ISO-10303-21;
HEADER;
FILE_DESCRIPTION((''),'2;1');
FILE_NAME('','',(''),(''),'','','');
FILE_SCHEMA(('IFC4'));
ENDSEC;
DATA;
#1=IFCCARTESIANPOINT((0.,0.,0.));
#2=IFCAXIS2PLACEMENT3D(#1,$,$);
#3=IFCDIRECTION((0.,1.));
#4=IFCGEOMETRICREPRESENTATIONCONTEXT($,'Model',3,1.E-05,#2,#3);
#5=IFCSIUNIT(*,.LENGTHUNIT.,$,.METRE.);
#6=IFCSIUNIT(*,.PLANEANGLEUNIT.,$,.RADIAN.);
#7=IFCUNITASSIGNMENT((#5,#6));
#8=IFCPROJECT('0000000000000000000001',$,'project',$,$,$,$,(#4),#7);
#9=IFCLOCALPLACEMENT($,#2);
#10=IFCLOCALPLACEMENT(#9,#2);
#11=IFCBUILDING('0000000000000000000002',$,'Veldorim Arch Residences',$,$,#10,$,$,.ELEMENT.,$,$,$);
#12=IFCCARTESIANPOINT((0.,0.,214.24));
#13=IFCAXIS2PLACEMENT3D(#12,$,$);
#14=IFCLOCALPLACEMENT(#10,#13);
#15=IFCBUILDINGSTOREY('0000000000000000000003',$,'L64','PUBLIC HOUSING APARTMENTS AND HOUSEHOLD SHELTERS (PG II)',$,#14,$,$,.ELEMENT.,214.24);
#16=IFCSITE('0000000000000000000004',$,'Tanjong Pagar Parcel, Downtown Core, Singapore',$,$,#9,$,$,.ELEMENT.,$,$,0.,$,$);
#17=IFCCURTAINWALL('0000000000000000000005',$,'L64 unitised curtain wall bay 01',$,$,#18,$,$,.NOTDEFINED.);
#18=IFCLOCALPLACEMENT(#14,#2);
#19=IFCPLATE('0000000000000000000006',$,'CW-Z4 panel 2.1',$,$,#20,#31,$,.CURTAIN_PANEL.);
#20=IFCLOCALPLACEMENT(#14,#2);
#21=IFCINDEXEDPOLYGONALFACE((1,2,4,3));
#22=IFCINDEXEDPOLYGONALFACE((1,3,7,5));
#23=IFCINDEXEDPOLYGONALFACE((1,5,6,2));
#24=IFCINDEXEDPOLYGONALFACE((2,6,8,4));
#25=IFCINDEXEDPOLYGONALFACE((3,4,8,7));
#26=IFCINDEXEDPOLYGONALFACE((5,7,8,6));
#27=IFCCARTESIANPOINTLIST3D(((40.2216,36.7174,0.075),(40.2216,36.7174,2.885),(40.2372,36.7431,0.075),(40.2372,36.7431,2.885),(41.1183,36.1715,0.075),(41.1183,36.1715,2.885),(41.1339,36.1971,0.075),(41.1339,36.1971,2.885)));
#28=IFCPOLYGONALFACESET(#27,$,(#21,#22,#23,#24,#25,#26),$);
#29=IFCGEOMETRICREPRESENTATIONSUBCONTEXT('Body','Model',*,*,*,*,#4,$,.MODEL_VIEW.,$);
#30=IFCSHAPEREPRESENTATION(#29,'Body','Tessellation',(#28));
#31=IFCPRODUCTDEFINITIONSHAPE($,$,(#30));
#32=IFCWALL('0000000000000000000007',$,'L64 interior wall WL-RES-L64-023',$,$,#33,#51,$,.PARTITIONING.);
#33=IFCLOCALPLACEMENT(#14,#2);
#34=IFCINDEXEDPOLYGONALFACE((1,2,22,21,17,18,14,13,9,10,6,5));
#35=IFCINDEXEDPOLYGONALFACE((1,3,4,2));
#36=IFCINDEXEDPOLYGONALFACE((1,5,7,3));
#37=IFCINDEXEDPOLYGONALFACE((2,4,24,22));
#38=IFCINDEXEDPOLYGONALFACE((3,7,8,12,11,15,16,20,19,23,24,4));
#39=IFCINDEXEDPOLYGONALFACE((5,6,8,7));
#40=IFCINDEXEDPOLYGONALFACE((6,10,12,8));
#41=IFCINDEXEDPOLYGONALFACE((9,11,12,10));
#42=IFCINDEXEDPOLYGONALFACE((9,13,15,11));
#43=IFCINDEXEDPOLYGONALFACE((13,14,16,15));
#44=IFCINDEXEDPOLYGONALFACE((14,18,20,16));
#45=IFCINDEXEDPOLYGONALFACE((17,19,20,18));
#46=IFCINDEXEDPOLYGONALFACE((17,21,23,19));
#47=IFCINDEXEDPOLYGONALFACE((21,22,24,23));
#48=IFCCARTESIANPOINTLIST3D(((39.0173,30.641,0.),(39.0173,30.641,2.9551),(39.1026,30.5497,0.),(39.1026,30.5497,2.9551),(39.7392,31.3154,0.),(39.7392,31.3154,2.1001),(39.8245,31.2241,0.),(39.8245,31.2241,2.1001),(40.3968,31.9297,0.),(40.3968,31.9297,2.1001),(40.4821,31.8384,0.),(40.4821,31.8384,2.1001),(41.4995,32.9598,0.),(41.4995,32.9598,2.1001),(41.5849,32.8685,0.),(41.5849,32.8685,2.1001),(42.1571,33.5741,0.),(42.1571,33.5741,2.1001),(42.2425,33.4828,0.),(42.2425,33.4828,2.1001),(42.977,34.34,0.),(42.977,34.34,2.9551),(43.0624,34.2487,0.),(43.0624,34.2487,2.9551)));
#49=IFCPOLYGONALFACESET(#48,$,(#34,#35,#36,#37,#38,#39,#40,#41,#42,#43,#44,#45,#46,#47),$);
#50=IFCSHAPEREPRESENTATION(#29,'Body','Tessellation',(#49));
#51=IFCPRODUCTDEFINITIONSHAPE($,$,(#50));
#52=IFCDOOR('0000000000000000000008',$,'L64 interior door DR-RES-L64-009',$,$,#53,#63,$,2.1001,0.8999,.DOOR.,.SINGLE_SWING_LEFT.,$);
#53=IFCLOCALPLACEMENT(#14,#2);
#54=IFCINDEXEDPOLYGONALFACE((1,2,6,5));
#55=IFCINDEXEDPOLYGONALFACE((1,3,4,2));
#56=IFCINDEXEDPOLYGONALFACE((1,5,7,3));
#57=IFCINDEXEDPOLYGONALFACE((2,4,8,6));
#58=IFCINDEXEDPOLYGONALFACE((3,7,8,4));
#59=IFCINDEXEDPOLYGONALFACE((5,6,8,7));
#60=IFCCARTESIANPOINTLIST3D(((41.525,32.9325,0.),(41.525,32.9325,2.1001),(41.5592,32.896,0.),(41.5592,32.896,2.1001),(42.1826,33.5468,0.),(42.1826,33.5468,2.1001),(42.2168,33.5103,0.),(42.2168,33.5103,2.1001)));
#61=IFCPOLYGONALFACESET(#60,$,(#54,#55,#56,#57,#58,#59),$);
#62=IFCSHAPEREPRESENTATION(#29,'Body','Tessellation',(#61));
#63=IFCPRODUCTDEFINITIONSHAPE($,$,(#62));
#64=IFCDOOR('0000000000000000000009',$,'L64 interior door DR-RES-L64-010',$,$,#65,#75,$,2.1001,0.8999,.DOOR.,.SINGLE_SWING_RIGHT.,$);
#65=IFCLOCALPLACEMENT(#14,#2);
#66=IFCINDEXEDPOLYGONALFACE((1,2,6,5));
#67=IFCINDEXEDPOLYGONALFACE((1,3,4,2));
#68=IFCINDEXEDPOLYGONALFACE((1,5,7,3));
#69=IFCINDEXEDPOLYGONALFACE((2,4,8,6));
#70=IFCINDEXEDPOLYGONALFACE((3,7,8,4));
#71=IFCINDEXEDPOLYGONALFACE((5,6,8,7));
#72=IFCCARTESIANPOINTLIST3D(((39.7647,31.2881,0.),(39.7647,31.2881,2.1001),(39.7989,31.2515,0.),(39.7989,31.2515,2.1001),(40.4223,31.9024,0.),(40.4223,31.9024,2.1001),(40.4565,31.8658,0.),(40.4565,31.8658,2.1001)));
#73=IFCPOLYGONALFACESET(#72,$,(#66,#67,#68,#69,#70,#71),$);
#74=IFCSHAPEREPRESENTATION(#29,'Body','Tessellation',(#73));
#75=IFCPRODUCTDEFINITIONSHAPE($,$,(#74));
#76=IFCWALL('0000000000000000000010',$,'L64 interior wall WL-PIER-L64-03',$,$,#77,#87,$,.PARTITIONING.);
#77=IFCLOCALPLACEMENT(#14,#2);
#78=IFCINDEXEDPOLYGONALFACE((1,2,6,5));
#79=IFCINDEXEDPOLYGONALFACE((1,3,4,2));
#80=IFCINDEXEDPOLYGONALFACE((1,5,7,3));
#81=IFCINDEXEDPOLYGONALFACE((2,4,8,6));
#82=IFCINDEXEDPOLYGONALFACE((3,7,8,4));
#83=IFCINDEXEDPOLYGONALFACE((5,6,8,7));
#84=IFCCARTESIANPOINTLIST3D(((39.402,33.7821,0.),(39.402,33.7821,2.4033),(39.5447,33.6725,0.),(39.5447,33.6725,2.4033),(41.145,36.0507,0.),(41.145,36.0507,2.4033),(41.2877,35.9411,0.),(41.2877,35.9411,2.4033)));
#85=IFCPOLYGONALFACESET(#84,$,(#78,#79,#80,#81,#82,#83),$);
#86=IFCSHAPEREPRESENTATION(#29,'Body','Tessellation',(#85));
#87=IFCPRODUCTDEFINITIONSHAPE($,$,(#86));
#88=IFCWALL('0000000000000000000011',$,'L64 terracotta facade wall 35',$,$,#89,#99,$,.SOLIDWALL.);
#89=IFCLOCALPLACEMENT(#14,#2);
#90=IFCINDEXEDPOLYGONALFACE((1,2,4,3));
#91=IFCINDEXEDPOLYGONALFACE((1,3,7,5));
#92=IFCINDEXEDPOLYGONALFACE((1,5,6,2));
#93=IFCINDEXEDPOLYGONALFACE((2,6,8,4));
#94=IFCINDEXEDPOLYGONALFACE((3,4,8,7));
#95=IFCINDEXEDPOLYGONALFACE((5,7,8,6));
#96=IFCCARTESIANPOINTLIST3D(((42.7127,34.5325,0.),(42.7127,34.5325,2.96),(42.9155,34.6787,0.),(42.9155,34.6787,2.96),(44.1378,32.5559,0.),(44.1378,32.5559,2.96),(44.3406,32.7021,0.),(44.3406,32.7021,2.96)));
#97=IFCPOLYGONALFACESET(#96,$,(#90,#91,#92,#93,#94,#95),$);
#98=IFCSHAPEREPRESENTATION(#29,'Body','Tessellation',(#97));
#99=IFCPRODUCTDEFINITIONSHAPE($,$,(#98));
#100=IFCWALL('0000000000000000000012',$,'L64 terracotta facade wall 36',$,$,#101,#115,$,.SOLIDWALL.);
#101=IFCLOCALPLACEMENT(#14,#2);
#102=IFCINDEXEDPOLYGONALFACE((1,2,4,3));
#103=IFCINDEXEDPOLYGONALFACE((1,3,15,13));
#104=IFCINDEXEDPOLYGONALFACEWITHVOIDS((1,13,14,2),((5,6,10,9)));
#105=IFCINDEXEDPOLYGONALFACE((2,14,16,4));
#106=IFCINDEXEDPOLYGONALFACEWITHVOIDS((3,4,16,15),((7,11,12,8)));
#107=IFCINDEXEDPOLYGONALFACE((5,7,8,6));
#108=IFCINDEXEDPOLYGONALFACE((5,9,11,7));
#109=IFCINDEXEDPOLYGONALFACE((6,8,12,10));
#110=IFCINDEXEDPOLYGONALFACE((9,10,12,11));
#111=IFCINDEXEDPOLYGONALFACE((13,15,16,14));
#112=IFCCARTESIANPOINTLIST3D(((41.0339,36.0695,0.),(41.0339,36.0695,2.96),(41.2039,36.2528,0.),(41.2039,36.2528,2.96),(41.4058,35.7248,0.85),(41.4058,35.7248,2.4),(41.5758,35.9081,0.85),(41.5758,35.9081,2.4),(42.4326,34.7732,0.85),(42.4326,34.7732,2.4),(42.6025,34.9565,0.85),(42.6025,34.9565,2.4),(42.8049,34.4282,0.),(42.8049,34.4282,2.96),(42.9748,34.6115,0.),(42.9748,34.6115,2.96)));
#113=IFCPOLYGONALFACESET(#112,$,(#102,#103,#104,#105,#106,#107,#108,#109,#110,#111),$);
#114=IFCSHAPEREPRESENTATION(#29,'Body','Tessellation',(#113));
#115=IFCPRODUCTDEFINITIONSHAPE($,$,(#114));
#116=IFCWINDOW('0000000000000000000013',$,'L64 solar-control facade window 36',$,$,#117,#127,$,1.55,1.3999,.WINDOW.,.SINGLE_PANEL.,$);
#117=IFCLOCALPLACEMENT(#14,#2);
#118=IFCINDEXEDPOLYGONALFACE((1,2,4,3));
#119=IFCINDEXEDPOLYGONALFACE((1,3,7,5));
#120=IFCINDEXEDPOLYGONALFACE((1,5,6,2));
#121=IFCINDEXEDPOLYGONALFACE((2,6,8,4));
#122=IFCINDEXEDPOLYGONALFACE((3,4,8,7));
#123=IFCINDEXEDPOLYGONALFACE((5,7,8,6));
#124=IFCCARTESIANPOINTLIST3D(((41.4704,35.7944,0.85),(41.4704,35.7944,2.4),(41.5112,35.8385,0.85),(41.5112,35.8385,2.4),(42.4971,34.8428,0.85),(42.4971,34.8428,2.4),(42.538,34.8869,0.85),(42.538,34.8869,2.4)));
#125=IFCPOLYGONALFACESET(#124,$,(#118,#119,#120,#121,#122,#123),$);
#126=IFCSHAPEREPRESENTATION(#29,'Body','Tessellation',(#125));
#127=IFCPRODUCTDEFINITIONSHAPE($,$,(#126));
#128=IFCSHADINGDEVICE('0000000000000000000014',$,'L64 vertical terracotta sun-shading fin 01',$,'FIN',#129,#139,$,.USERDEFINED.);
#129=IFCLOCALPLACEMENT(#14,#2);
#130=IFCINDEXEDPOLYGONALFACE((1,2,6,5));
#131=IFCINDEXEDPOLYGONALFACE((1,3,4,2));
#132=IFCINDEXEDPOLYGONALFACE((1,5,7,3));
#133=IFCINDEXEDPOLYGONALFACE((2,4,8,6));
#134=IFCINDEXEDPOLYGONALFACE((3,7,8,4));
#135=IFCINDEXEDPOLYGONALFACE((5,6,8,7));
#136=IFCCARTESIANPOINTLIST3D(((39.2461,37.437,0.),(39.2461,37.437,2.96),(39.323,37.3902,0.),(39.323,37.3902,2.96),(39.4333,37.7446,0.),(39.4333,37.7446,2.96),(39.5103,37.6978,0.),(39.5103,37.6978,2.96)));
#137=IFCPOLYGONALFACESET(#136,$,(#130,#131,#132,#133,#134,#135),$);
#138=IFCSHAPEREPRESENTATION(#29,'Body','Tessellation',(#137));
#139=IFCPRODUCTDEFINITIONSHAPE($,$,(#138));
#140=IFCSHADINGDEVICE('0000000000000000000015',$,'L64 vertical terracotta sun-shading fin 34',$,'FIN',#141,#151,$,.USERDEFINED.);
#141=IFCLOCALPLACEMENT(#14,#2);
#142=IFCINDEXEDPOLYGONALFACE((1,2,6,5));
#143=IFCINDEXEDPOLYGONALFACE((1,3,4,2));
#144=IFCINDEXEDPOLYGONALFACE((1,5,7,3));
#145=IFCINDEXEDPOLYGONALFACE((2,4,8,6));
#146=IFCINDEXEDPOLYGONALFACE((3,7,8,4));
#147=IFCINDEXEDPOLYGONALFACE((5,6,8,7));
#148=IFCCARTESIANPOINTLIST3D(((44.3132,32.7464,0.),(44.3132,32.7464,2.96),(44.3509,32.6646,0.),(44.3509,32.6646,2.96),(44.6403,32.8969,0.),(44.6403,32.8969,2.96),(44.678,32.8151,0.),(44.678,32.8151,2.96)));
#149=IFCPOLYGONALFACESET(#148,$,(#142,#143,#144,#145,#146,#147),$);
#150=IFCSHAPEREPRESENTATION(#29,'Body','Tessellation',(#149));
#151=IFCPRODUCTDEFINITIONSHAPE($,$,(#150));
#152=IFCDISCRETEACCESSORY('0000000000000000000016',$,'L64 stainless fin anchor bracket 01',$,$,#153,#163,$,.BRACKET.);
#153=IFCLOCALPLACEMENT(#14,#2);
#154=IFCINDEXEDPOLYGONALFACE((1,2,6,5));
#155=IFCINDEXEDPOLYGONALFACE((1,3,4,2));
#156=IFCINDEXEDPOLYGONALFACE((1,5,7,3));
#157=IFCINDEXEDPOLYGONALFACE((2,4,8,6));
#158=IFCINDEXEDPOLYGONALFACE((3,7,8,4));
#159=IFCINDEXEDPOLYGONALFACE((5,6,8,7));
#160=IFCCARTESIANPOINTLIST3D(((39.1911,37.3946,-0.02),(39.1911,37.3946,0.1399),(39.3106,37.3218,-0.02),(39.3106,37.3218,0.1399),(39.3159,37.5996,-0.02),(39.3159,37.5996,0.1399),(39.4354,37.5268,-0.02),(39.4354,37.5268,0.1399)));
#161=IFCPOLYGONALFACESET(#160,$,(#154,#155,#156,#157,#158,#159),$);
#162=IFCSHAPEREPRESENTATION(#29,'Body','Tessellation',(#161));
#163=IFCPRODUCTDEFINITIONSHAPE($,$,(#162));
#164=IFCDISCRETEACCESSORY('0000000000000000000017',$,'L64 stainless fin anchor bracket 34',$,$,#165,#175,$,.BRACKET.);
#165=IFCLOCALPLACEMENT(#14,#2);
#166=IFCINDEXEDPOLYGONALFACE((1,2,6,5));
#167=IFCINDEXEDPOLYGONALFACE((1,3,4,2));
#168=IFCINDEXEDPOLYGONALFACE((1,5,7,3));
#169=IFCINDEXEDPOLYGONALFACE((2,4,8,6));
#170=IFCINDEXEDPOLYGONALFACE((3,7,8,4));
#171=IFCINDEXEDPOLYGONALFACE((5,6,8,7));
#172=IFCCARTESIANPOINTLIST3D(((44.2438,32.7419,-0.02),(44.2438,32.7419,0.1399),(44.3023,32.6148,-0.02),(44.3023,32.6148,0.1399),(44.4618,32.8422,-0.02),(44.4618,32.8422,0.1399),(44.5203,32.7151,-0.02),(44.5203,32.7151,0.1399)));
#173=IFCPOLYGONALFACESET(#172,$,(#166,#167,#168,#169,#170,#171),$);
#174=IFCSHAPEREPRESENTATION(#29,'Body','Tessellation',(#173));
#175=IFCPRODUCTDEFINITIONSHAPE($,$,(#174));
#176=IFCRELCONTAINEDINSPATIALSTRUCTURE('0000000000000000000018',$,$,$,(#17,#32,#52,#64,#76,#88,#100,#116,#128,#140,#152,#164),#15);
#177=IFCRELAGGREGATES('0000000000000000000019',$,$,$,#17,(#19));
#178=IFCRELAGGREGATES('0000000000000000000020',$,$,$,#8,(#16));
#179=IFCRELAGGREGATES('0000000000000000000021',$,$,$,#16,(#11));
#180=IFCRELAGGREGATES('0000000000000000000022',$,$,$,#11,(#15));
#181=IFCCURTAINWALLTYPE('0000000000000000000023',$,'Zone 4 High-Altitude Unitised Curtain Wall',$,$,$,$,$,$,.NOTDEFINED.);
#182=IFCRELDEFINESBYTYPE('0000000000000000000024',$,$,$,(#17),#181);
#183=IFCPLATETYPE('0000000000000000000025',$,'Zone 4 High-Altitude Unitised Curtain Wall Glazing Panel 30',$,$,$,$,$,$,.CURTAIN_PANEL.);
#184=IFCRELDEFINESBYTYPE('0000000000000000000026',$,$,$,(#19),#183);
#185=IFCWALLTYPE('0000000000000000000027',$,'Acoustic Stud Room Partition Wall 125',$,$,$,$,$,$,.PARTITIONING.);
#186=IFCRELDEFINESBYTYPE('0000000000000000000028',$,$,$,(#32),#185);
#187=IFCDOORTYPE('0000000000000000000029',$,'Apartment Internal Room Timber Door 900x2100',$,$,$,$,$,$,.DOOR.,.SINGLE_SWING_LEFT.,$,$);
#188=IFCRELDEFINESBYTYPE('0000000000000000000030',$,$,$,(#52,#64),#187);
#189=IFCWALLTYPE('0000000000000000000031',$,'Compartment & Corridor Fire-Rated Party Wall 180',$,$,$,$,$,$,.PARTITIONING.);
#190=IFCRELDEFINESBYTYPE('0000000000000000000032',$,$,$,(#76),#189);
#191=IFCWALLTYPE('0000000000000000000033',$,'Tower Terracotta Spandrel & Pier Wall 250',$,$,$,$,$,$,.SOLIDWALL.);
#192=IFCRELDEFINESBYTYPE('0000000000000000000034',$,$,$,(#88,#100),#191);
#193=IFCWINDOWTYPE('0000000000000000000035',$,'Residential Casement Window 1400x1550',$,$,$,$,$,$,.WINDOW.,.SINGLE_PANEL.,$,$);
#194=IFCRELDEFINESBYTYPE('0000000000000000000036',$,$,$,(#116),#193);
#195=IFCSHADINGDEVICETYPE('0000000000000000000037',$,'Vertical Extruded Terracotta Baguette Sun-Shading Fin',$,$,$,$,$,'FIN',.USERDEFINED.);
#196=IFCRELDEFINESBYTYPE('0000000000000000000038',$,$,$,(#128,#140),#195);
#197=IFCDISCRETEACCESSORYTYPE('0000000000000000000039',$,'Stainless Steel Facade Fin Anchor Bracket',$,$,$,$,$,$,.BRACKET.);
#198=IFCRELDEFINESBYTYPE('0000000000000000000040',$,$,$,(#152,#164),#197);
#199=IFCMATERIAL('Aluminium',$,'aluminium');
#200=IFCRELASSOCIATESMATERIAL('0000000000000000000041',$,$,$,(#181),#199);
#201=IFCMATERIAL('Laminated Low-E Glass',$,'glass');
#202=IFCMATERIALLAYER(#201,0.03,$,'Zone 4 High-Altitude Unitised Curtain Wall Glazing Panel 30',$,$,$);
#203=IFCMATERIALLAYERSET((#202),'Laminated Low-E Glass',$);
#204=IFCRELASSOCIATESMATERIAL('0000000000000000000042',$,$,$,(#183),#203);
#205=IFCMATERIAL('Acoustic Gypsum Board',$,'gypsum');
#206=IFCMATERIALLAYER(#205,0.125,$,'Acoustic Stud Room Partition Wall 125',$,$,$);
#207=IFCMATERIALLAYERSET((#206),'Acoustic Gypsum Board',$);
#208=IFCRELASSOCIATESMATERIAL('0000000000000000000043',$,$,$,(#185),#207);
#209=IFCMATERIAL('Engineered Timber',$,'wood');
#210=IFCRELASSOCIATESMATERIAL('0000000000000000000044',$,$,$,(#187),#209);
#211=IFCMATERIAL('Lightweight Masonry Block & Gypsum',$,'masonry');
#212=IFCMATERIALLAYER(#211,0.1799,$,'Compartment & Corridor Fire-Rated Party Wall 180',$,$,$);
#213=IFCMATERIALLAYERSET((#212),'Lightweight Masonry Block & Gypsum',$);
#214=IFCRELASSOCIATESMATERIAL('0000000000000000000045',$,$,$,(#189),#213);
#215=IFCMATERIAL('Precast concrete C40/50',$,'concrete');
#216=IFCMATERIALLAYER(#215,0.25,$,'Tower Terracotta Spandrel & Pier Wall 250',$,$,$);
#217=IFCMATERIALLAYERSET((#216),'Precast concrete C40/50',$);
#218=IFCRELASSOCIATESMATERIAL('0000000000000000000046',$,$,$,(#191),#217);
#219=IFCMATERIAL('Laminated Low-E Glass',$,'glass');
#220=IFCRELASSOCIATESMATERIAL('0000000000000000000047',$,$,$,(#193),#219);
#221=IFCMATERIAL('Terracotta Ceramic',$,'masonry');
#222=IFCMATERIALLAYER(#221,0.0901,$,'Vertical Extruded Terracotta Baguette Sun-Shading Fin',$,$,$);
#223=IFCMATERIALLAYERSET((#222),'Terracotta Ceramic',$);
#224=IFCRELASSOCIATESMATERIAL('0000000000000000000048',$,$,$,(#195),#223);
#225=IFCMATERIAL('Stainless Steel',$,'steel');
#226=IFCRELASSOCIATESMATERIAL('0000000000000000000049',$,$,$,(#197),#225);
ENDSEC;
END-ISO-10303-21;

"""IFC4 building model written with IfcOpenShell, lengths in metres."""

from ifc_helpers import new_model, si_unit, direction, frame, frame_2d, origin, origin_2d, place, context, subcontext, project, spatial, rectangle, extrude, material, layer, layer_set, type_object, element, fill, aggregate, save


model = new_model("IFC4")

# Units and contexts
model_context = context("Model", 3, precision=1e-05, world=origin(), true_north=direction((0.0, 1.0)))
body_context = subcontext(model_context, "Body", "Model", "MODEL_VIEW")
ifc_project = project(units=[si_unit("LENGTHUNIT", "METRE"), si_unit("PLANEANGLEUNIT", "RADIAN")], contexts=[model_context])

# Site, building, storey
site_placement = place(None, origin())
site = spatial("IfcSite", under=ifc_project, at=site_placement, Name="Tanjong Pagar Parcel, Downtown Core, Singapore", CompositionType="ELEMENT", RefElevation=0.0)
building_placement = place(site_placement, origin())
building = spatial("IfcBuilding", under=site, at=building_placement, Name="Veldorim Arch Residences", CompositionType="ELEMENT")
storey_placement = place(building_placement, frame((0.0, 0.0, 214.24)))
storey = spatial("IfcBuildingStorey", under=building, at=storey_placement, Name="L64", Description="PUBLIC HOUSING APARTMENTS AND HOUSEHOLD SHELTERS (PG II)", CompositionType="ELEMENT", Elevation=214.24)

# Curtain wall
ifc_material_1 = material(Name="Aluminium", Category="aluminium")
curtain_wall_type = type_object("IfcCurtainWallType", Name="Zone 4 High-Altitude Unitised Curtain Wall", PredefinedType="NOTDEFINED", material=ifc_material_1)
curtain_wall_1_placement = place(storey_placement, origin())
curtain_wall_1 = element("IfcCurtainWall", 1, at=curtain_wall_1_placement, inside=storey, type_object=curtain_wall_type, Name="L64 unitised curtain wall bay 01", PredefinedType="NOTDEFINED")

# Plate
ifc_material_2 = material(Name="Laminated Low-E Glass", Category="glass")
ifc_layer_1 = layer(ifc_material_2, 0.03, Name="Zone 4 High-Altitude Unitised Curtain Wall Glazing Panel 30")
ifc_layer_set_1 = layer_set([ifc_layer_1], Name="Laminated Low-E Glass")
plate_type = type_object("IfcPlateType", Name="Zone 4 High-Altitude Unitised Curtain Wall Glazing Panel 30", PredefinedType="CURTAIN_PANEL", material=ifc_layer_set_1)
plate_1_placement = place(storey_placement, frame((40.6777, 36.4573, 0.075), z_axis=(0.0, 0.0, 1.0), x_axis=(0.854146, -0.520033, 0.0)))
plate_1 = element("IfcPlate", 2, at=plate_1_placement, type_object=plate_type, Name="CW-Z4 panel 2.1", PredefinedType="CURTAIN_PANEL", context=body_context, shape_type="SweptSolid", body=[
    extrude(rectangle(XDim=1.0498, YDim=0.03, at=origin_2d()), origin(), (0.0, 0.0, 1.0), 2.8101),
])
aggregate(curtain_wall_1, [plate_1])

# Wall, openings, doors
ifc_material_3 = material(Name="Acoustic Gypsum Board", Category="gypsum")
ifc_layer_2 = layer(ifc_material_3, 0.125, Name="Acoustic Stud Room Partition Wall 125")
ifc_layer_set_2 = layer_set([ifc_layer_2], Name="Acoustic Gypsum Board")
wall_type_1 = type_object("IfcWallType", Name="Acoustic Stud Room Partition Wall 125", PredefinedType="PARTITIONING", material=ifc_layer_set_2)
wall_1_placement = place(storey_placement, frame((43.0198, 34.2944, 0.0), z_axis=(0.0, 0.0, 1.0), x_axis=(-0.730757, -0.682638, 0.0)))
wall_1 = element("IfcWall", 3, at=wall_1_placement, inside=storey, type_object=wall_type_1, Name="L64 interior wall WL-RES-L64-023", PredefinedType="PARTITIONING", context=body_context, shape_type="SweptSolid", body=[
    extrude(rectangle(XDim=5.4187, YDim=0.125, at=frame_2d((2.7095, 0.0))), origin(), (0.0, 0.0, 1.0), 2.9551),
])
opening_1_placement = place(wall_1_placement, frame((1.1221, 0.0, 0.0)))
opening_1 = element("IfcOpeningElement", 4, at=opening_1_placement, cuts=wall_1, PredefinedType="OPENING", context=body_context, shape_type="SweptSolid", body=[
    extrude(rectangle(XDim=0.8999, YDim=2.1001, at=frame_2d((0.45, 1.05))), frame((0.0, 0.0725, 0.0), z_axis=(0.0, -1.0, 0.0), x_axis=(1.0, 0.0, 0.0)), (0.0, 0.0, 1.0), 0.145),
])
opening_2_placement = place(wall_1_placement, frame((3.531, 0.0, 0.0)))
opening_2 = element("IfcOpeningElement", 5, at=opening_2_placement, cuts=wall_1, PredefinedType="OPENING", context=body_context, shape_type="SweptSolid", body=[
    extrude(rectangle(XDim=0.8999, YDim=2.1001, at=frame_2d((0.45, 1.05))), frame((0.0, 0.0725, 0.0), z_axis=(0.0, -1.0, 0.0), x_axis=(1.0, 0.0, 0.0)), (0.0, 0.0, 1.0), 0.145),
])
ifc_material_4 = material(Name="Engineered Timber", Category="wood")
door_type = type_object("IfcDoorType", Name="Apartment Internal Room Timber Door 900x2100", OperationType="SINGLE_SWING_LEFT", PredefinedType="DOOR", material=ifc_material_4)
door_1_placement = place(opening_1_placement, origin())
door_1 = element("IfcDoor", 6, at=door_1_placement, inside=storey, type_object=door_type, Name="L64 interior door DR-RES-L64-009", OperationType="SINGLE_SWING_LEFT", OverallHeight=2.1001, OverallWidth=0.8999, PredefinedType="DOOR", context=body_context, shape_type="SweptSolid", body=[
    extrude(rectangle(XDim=0.8999, YDim=2.1001, at=frame_2d((0.45, 1.05))), frame((0.0, 0.0249, 0.0), z_axis=(0.0, -1.0, 0.0), x_axis=(1.0, 0.0, 0.0)), (0.0, 0.0, 1.0), 0.05),
])
fill(opening_1, door_1)
door_2_placement = place(opening_2_placement, origin())
door_2 = element("IfcDoor", 7, at=door_2_placement, inside=storey, type_object=door_type, Name="L64 interior door DR-RES-L64-010", OperationType="SINGLE_SWING_RIGHT", OverallHeight=2.1001, OverallWidth=0.8999, PredefinedType="DOOR", context=body_context, shape_type="SweptSolid", body=[
    extrude(rectangle(XDim=0.8999, YDim=2.1001, at=frame_2d((0.45, 1.05))), frame((0.0, 0.0249, 0.0), z_axis=(0.0, -1.0, 0.0), x_axis=(1.0, 0.0, 0.0)), (0.0, 0.0, 1.0), 0.05),
])
fill(opening_2, door_2)

# Walls
ifc_material_5 = material(Name="Lightweight Masonry Block & Gypsum", Category="masonry")
ifc_layer_3 = layer(ifc_material_5, 0.1799, Name="Compartment & Corridor Fire-Rated Party Wall 180")
ifc_layer_set_3 = layer_set([ifc_layer_3], Name="Lightweight Masonry Block & Gypsum")
wall_type_2 = type_object("IfcWallType", Name="Compartment & Corridor Fire-Rated Party Wall 180", PredefinedType="PARTITIONING", material=ifc_layer_set_3)
wall_2_placement = place(storey_placement, frame((39.4734, 33.7273, 0.0), z_axis=(0.0, 0.0, 1.0), x_axis=(0.609245, 0.792982, 0.0)))
element("IfcWall", 8, at=wall_2_placement, inside=storey, type_object=wall_type_2, Name="L64 interior wall WL-PIER-L64-03", PredefinedType="PARTITIONING", context=body_context, shape_type="SweptSolid", body=[
    extrude(rectangle(XDim=2.8608, YDim=0.1799, at=frame_2d((1.4304, 0.0))), origin(), (0.0, 0.0, 1.0), 2.4033),
])
ifc_material_6 = material(Name="Precast concrete C40/50", Category="concrete")
ifc_layer_4 = layer(ifc_material_6, 0.25, Name="Tower Terracotta Spandrel & Pier Wall 250")
ifc_layer_set_4 = layer_set([ifc_layer_4], Name="Precast concrete C40/50")
wall_type_3 = type_object("IfcWallType", Name="Tower Terracotta Spandrel & Pier Wall 250", PredefinedType="SOLIDWALL", material=ifc_layer_set_4)
wall_3_placement = place(storey_placement, frame((42.8142, 34.6055, 0.0), z_axis=(0.0, 0.0, 1.0), x_axis=(0.584825, -0.81116, 0.0)))
element("IfcWall", 9, at=wall_3_placement, inside=storey, type_object=wall_type_3, Name="L64 terracotta facade wall 35", PredefinedType="SOLIDWALL", context=body_context, shape_type="SweptSolid", body=[
    extrude(rectangle(XDim=2.4368, YDim=0.25, at=frame_2d((1.2183, 0.0))), origin(), (0.0, 0.0, 1.0), 2.96),
])

# Wall, opening, window
wall_4_placement = place(storey_placement, frame((41.1189, 36.1611, 0.0), z_axis=(0.0, 0.0, 1.0), x_axis=(0.733441, -0.679753, 0.0)))
wall_4 = element("IfcWall", 10, at=wall_4_placement, inside=storey, type_object=wall_type_3, Name="L64 terracotta facade wall 36", PredefinedType="SOLIDWALL", context=body_context, shape_type="SweptSolid", body=[
    extrude(rectangle(XDim=2.4146, YDim=0.25, at=frame_2d((1.2073, 0.0))), origin(), (0.0, 0.0, 1.0), 2.96),
])
opening_3_placement = place(wall_4_placement, frame((0.5071, 0.0, 0.8501)))
opening_3 = element("IfcOpeningElement", 11, at=opening_3_placement, cuts=wall_4, PredefinedType="OPENING", context=body_context, shape_type="SweptSolid", body=[
    extrude(rectangle(XDim=1.3999, YDim=1.55, at=frame_2d((0.7, 0.7749))), frame((0.0, 0.135, 0.0), z_axis=(0.0, -1.0, 0.0), x_axis=(1.0, 0.0, 0.0)), (0.0, 0.0, 1.0), 0.27),
])
ifc_material_7 = material(Name="Laminated Low-E Glass", Category="glass")
window_type = type_object("IfcWindowType", Name="Residential Casement Window 1400x1550", PartitioningType="SINGLE_PANEL", PredefinedType="WINDOW", material=ifc_material_7)
window_placement = place(opening_3_placement, origin())
window = element("IfcWindow", 12, at=window_placement, inside=storey, type_object=window_type, Name="L64 solar-control facade window 36", OverallHeight=1.55, OverallWidth=1.3999, PartitioningType="SINGLE_PANEL", PredefinedType="WINDOW", context=body_context, shape_type="SweptSolid", body=[
    extrude(rectangle(XDim=1.3999, YDim=1.55, at=frame_2d((0.7, 0.7749))), frame((0.0, 0.03, 0.0), z_axis=(0.0, -1.0, 0.0), x_axis=(1.0, 0.0, 0.0)), (0.0, 0.0, 1.0), 0.0601),
])
fill(opening_3, window)

# Shading devices
ifc_material_8 = material(Name="Terracotta Ceramic", Category="masonry")
ifc_layer_5 = layer(ifc_material_8, 0.0901, Name="Vertical Extruded Terracotta Baguette Sun-Shading Fin")
ifc_layer_set_5 = layer_set([ifc_layer_5], Name="Terracotta Ceramic")
shading_device_type = type_object("IfcShadingDeviceType", Name="Vertical Extruded Terracotta Baguette Sun-Shading Fin", ElementType="FIN", PredefinedType="USERDEFINED", material=ifc_layer_set_5)
for number, where, z_axis, x_axis, name in (
    (13, (39.3782, 37.5674, 0.0), (0.0, 0.0, 1.0), (0.854187, -0.519966, 0.0), "L64 vertical terracotta sun-shading fin 01"),
    (14, (44.4956, 32.7808, 0.0), (0.0, 0.0, 1.0), (0.418026, -0.908435, 0.0), "L64 vertical terracotta sun-shading fin 34"),
):
    element("IfcShadingDevice", number, at=place(storey_placement, frame(where, z_axis=z_axis, x_axis=x_axis)), inside=storey, type_object=shading_device_type, Name=name, ObjectType="FIN", PredefinedType="USERDEFINED", context=body_context, shape_type="SweptSolid", body=[
        extrude(rectangle(XDim=0.0901, YDim=0.3601, at=origin_2d()), origin(), (0.0, 0.0, 1.0), 2.96),
    ])

# Discrete accessories
ifc_material_9 = material(Name="Stainless Steel", Category="steel")
discrete_accessory_type = type_object("IfcDiscreteAccessoryType", Name="Stainless Steel Facade Fin Anchor Bracket", PredefinedType="BRACKET", material=ifc_material_9)
for number, where, z_axis, x_axis, name in (
    (15, (39.3132, 37.4607, -0.02), (0.0, 0.0, 1.0), (0.854187, -0.519966, 0.0), "L64 stainless fin anchor bracket 01"),
    (16, (44.3821, 32.7285, -0.02), (0.0, 0.0, 1.0), (0.418026, -0.908435, 0.0), "L64 stainless fin anchor bracket 34"),
):
    element("IfcDiscreteAccessory", number, at=place(storey_placement, frame(where, z_axis=z_axis, x_axis=x_axis)), inside=storey, type_object=discrete_accessory_type, Name=name, PredefinedType="BRACKET", context=body_context, shape_type="SweptSolid", body=[
        extrude(rectangle(XDim=0.1399, YDim=0.24, at=origin_2d()), origin(), (0.0, 0.0, 1.0), 0.1599),
    ])

save(model, "model.ifc")
